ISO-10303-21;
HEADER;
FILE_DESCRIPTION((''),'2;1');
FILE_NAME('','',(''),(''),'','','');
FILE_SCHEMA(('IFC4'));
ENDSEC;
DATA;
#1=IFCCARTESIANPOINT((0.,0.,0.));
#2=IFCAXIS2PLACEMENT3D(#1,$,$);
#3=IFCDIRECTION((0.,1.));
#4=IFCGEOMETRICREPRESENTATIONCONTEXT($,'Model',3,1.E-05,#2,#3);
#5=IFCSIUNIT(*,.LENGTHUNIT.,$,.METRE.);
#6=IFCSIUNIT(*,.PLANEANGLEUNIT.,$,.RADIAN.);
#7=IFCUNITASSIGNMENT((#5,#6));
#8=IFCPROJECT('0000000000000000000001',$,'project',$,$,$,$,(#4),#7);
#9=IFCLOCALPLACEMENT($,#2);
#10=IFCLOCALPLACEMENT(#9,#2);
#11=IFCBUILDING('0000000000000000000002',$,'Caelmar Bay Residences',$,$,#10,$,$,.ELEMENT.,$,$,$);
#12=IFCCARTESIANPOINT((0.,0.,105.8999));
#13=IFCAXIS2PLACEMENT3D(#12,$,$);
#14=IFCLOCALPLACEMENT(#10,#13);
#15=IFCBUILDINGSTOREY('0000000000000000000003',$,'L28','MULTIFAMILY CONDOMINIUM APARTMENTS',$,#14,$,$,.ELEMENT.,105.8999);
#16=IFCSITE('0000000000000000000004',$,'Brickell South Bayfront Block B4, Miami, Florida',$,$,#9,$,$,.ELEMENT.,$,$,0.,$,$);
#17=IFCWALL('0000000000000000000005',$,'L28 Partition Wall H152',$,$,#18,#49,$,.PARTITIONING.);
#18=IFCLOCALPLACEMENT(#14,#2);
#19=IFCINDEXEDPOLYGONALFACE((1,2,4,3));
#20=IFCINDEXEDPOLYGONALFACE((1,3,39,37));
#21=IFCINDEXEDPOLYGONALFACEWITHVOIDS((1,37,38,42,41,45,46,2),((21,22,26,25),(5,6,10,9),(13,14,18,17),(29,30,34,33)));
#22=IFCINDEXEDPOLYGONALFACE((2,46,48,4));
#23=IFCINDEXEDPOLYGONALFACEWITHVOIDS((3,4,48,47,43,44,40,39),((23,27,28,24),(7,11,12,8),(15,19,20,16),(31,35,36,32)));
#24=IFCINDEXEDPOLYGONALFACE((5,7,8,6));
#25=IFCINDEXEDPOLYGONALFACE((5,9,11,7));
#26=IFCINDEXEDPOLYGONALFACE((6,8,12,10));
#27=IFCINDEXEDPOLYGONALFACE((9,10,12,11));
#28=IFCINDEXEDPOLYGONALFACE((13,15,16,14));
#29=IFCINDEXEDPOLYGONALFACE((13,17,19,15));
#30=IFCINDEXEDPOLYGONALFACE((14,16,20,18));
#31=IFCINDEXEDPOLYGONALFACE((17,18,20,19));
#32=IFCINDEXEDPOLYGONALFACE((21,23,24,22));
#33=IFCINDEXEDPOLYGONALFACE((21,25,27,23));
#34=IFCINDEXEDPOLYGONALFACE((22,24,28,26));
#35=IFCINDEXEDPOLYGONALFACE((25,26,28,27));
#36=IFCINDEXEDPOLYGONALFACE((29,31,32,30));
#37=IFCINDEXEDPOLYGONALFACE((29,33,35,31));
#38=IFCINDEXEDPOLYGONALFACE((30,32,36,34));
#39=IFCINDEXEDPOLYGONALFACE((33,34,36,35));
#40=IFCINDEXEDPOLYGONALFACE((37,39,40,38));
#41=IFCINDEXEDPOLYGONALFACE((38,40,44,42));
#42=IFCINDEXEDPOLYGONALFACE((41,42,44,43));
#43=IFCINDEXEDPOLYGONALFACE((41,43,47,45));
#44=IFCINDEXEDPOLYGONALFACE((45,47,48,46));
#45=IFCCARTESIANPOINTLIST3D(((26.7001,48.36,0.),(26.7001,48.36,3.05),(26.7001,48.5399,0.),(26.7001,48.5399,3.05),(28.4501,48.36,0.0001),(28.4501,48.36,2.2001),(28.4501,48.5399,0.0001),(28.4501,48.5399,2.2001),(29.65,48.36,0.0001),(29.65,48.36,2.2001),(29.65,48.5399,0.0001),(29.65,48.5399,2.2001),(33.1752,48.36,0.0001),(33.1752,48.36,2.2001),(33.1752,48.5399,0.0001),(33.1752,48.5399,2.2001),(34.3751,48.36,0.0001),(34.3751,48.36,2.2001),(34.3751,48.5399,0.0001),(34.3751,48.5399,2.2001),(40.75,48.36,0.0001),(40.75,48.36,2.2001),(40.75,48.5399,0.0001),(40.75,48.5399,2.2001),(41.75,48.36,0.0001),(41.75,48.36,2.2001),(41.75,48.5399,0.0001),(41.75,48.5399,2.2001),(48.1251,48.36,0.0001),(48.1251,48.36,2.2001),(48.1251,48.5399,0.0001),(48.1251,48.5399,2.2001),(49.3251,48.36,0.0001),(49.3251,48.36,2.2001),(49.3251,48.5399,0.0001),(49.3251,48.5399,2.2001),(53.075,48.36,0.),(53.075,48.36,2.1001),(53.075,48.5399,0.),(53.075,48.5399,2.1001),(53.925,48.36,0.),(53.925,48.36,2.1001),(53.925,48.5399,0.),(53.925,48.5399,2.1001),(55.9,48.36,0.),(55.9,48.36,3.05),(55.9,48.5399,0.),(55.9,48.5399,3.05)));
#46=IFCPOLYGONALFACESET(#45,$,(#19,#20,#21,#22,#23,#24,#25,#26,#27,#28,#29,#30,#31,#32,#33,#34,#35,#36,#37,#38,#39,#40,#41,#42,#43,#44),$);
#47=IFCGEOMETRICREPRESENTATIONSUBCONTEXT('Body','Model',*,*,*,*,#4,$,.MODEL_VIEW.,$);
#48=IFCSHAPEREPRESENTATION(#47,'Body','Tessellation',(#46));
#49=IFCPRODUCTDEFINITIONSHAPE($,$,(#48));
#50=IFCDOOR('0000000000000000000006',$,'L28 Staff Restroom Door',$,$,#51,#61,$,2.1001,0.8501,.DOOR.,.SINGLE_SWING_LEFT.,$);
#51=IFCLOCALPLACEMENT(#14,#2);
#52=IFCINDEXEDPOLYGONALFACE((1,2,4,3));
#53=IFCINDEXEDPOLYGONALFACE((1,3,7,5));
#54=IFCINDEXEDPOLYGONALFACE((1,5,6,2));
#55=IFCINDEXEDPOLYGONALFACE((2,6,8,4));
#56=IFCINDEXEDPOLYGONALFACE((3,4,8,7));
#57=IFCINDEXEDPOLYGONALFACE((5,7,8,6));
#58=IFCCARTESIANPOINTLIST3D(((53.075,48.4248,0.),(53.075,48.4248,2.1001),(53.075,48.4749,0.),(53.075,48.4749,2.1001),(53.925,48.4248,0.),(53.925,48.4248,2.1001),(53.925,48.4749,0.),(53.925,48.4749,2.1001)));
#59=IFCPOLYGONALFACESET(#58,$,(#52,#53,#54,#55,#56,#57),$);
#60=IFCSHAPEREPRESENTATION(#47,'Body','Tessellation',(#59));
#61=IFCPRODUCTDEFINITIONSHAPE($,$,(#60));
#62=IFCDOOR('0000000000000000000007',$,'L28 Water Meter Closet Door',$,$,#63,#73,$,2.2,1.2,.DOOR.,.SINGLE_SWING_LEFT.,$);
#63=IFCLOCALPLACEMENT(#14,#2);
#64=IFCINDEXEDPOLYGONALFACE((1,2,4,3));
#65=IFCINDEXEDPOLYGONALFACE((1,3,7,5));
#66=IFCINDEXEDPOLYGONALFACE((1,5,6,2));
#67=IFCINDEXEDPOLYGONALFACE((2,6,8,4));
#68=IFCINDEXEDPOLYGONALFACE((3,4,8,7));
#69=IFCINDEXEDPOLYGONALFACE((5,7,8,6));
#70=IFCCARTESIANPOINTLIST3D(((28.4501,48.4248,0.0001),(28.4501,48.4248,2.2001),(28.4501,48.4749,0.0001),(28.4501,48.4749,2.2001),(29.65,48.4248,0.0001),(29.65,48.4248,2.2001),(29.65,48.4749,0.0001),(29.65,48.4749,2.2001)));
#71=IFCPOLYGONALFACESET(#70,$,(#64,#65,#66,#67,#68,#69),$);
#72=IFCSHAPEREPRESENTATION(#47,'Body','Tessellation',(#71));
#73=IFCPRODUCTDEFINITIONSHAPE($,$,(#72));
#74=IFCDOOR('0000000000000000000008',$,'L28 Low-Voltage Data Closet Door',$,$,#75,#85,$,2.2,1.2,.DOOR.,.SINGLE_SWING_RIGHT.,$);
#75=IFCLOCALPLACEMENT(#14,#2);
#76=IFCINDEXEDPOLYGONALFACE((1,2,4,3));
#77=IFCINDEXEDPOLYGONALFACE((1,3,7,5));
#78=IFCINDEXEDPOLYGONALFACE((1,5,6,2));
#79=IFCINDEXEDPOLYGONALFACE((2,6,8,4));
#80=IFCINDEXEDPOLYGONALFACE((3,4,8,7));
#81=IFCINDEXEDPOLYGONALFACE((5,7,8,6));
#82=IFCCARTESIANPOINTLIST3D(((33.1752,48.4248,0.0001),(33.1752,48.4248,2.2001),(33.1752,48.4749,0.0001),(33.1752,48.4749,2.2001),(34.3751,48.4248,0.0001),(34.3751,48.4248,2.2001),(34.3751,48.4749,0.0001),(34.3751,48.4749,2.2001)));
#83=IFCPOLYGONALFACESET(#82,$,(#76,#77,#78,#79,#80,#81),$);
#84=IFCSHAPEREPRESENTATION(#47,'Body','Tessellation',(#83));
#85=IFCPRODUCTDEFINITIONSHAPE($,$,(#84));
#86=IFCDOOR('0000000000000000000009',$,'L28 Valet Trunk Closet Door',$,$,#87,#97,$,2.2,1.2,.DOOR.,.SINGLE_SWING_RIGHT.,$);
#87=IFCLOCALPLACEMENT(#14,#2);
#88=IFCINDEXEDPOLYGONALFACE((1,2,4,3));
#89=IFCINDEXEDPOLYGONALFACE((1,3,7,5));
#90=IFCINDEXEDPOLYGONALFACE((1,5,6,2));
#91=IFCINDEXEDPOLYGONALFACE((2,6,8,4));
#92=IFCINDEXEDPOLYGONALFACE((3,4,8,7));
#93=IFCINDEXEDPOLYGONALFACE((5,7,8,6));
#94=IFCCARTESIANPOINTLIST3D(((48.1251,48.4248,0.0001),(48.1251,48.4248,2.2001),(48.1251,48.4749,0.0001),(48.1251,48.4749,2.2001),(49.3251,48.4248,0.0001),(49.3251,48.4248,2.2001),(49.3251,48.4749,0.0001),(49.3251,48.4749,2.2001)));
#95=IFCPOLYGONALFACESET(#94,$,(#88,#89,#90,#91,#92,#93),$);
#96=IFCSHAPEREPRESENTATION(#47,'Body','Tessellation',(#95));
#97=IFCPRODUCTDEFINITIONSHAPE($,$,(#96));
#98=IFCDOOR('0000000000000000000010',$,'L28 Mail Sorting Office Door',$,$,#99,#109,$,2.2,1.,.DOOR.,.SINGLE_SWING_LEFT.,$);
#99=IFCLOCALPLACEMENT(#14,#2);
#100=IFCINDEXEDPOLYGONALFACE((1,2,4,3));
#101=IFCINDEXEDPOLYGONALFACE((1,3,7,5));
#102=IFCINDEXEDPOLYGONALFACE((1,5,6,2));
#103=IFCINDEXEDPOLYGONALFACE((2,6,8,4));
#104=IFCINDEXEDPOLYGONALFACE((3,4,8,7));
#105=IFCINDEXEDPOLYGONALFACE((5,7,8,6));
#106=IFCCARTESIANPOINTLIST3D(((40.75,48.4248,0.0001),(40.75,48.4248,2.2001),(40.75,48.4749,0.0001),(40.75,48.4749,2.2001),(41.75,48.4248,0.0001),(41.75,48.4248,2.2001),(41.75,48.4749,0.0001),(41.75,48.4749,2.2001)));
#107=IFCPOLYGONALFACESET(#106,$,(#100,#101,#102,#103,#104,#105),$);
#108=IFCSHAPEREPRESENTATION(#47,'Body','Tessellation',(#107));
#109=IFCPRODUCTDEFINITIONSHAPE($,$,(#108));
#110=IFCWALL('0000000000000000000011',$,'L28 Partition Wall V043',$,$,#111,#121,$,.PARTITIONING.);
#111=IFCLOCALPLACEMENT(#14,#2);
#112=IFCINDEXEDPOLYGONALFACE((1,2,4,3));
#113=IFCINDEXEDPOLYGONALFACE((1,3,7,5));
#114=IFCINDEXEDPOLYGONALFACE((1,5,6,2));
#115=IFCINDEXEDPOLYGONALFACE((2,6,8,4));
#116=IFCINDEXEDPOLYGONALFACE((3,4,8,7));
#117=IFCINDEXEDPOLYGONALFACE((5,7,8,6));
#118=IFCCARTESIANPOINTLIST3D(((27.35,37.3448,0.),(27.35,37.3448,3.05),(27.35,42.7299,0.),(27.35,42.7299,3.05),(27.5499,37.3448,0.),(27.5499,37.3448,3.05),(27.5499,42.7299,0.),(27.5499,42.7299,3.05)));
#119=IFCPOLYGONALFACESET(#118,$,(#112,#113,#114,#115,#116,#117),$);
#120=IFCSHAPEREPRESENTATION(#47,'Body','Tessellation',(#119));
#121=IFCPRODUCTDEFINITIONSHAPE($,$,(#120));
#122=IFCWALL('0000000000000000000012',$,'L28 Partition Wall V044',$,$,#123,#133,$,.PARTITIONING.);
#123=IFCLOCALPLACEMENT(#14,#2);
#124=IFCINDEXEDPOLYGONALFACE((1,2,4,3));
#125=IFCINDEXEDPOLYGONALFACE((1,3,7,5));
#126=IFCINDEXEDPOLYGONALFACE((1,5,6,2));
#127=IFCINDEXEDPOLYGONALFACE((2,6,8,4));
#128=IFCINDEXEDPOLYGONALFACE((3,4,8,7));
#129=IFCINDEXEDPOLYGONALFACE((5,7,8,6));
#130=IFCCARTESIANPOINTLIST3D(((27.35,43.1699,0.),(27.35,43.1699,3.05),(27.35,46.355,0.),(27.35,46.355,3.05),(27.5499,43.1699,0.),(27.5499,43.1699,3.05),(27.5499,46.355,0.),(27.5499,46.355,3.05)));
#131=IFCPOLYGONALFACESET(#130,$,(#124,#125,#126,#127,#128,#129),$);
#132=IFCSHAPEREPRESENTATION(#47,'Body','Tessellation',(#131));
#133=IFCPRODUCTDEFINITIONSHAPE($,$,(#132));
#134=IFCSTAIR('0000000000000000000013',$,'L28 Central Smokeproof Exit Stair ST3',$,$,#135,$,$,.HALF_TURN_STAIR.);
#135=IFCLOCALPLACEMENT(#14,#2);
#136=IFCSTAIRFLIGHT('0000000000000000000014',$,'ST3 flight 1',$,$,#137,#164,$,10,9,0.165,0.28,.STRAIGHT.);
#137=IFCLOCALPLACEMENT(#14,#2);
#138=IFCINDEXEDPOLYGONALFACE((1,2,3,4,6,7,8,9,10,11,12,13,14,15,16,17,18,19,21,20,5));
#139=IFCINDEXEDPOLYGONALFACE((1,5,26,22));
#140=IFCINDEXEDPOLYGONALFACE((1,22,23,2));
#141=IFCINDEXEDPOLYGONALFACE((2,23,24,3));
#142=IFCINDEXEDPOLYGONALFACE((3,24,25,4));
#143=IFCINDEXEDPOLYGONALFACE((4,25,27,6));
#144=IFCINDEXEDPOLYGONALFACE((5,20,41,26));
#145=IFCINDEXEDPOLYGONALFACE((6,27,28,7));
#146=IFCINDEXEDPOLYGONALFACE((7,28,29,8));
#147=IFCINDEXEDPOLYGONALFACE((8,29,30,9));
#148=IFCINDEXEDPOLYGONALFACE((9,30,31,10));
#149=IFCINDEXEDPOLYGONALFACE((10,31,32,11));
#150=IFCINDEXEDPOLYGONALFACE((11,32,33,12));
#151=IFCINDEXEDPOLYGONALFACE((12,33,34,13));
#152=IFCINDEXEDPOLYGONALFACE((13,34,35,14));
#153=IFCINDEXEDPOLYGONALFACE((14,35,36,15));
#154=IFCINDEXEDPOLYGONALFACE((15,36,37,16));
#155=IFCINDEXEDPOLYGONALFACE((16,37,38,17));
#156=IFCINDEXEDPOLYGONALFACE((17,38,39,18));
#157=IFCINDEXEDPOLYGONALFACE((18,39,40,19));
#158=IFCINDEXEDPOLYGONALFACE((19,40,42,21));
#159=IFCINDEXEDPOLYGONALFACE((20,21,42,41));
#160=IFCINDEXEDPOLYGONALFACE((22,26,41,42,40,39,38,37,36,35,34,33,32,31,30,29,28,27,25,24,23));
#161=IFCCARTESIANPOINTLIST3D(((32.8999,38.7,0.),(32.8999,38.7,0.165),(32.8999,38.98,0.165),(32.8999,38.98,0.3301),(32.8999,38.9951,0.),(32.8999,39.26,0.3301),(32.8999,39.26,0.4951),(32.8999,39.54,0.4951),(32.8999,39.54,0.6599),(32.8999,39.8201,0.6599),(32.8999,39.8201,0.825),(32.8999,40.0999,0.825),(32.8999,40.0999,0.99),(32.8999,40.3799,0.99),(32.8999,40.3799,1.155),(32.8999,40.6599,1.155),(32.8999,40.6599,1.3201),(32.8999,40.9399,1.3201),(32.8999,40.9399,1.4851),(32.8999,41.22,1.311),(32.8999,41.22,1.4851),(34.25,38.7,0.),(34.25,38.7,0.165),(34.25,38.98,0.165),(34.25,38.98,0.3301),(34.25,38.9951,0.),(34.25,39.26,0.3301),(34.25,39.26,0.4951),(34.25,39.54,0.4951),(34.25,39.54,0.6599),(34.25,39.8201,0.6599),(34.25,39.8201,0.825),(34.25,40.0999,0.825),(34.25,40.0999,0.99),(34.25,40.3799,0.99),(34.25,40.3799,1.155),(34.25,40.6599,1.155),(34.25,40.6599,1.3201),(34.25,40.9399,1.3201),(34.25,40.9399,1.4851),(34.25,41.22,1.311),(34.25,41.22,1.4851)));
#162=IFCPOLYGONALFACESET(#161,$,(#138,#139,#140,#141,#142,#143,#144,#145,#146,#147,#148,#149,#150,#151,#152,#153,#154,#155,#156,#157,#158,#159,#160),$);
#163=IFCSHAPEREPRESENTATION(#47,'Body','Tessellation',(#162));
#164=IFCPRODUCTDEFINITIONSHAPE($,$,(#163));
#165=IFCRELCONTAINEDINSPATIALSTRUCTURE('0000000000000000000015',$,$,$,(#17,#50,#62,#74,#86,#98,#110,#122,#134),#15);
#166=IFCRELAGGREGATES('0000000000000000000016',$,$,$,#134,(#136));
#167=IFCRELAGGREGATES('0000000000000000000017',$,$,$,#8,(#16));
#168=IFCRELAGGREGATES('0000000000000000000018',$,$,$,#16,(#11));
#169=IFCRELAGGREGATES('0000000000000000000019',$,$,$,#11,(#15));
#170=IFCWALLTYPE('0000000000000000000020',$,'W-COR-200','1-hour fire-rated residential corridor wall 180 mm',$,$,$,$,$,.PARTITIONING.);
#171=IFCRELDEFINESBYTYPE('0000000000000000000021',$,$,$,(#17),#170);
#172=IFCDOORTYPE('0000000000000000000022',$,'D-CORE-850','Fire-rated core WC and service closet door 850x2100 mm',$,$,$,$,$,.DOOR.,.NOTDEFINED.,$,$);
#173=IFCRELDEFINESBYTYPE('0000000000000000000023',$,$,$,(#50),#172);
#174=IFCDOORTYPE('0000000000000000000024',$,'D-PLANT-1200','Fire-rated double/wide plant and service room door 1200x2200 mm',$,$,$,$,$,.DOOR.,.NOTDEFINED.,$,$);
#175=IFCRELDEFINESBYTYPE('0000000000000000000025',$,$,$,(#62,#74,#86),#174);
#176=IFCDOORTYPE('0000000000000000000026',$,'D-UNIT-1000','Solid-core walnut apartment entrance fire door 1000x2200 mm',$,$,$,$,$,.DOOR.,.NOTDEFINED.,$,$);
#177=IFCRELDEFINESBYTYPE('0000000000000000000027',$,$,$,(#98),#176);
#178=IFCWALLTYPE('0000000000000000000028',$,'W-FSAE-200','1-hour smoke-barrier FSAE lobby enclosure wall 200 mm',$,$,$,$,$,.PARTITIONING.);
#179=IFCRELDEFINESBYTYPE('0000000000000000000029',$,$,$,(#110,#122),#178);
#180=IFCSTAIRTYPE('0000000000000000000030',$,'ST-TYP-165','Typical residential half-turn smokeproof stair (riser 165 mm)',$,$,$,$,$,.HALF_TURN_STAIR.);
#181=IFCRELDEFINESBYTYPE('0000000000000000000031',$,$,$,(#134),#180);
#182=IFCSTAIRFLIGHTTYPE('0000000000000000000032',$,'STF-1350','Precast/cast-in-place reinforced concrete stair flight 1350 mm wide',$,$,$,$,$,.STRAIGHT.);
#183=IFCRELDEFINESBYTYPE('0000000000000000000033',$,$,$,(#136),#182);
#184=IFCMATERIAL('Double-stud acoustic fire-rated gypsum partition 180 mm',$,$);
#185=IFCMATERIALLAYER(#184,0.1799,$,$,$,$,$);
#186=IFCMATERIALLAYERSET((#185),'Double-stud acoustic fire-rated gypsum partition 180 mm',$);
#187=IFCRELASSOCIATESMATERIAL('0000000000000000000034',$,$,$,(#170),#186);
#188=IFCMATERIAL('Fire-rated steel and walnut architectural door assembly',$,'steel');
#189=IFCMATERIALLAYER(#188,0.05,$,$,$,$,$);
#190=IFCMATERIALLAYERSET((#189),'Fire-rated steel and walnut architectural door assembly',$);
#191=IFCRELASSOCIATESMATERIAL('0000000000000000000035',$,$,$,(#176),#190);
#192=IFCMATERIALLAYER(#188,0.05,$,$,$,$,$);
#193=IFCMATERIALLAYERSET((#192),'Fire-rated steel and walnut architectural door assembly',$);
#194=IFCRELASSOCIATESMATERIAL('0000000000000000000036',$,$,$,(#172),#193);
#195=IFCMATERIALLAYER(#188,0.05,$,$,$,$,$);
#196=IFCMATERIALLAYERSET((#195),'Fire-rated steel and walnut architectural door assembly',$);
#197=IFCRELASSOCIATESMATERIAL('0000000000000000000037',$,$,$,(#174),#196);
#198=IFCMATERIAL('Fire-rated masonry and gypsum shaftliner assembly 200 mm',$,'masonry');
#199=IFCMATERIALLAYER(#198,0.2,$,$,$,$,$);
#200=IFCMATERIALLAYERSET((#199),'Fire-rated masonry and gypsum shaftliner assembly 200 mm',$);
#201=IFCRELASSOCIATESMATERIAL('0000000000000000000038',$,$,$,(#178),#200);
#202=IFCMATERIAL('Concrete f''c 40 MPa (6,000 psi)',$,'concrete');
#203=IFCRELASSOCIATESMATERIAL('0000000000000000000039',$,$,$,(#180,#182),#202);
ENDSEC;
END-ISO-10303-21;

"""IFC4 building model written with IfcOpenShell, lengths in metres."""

from ifc_helpers import new_model, si_unit, direction, frame, frame_2d, origin, place, context, subcontext, project, spatial, polyline, rectangle, outline, extrude, material, layer, layer_set, type_object, element, fill, aggregate, save


model = new_model("IFC4")

# Units and contexts
model_context = context("Model", 3, precision=1e-05, world=origin(), true_north=direction((0.0, 1.0)))
body_context = subcontext(model_context, "Body", "Model", "MODEL_VIEW")
ifc_project = project(units=[si_unit("LENGTHUNIT", "METRE"), si_unit("PLANEANGLEUNIT", "RADIAN")], contexts=[model_context])

# Site, building, storey
site_placement = place(None, origin())
site = spatial("IfcSite", under=ifc_project, at=site_placement, Name="Brickell South Bayfront Block B4, Miami, Florida", CompositionType="ELEMENT", RefElevation=0.0)
building_placement = place(site_placement, origin())
building = spatial("IfcBuilding", under=site, at=building_placement, Name="Caelmar Bay Residences", CompositionType="ELEMENT")
storey_placement = place(building_placement, frame((0.0, 0.0, 105.8999)))
storey = spatial("IfcBuildingStorey", under=building, at=storey_placement, Name="L28", Description="MULTIFAMILY CONDOMINIUM APARTMENTS", CompositionType="ELEMENT", Elevation=105.8999)

# Shared definitions
ifc_material_1 = material(Name="Double-stud acoustic fire-rated gypsum partition 180 mm")
ifc_layer_1 = layer(ifc_material_1, 0.1799)
ifc_layer_set_1 = layer_set([ifc_layer_1], Name="Double-stud acoustic fire-rated gypsum partition 180 mm")
wall_type_1 = type_object("IfcWallType", Name="W-COR-200", Description="1-hour fire-rated residential corridor wall 180 mm", PredefinedType="PARTITIONING", material=ifc_layer_set_1)

# Wall, openings, doors
ifc_material_2 = material(Name="Fire-rated steel and walnut architectural door assembly", Category="steel")
ifc_layer_2 = layer(ifc_material_2, 0.05)
ifc_layer_set_2 = layer_set([ifc_layer_2], Name="Fire-rated steel and walnut architectural door assembly")
door_type_1 = type_object("IfcDoorType", Name="D-UNIT-1000", Description="Solid-core walnut apartment entrance fire door 1000x2200 mm", OperationType="NOTDEFINED", PredefinedType="DOOR", material=ifc_layer_set_2)
wall_1_placement = place(storey_placement, frame((26.7, 48.45, 0.0), z_axis=(0.0, 0.0, 1.0), x_axis=(1.0, 0.0, 0.0)))
wall_1 = element("IfcWall", 1, at=wall_1_placement, inside=storey, type_object=wall_type_1, Name="L28 Partition Wall H152", PredefinedType="PARTITIONING", context=body_context, shape_type="SweptSolid", body=[
    extrude(rectangle(XDim=29.2, YDim=0.1799, at=frame_2d((14.6001, 0.0))), origin(), (0.0, 0.0, 1.0), 3.05),
])
opening_1_placement = place(wall_1_placement, frame((1.75, 0.0, 0.0)))
opening_1 = element("IfcOpeningElement", 2, at=opening_1_placement, cuts=wall_1, PredefinedType="OPENING", context=body_context, shape_type="SweptSolid", body=[
    extrude(rectangle(XDim=1.2, YDim=2.2, at=frame_2d((0.6001, 1.1001))), frame((0.0, 0.0999, 0.0), z_axis=(0.0, -1.0, 0.0), x_axis=(1.0, 0.0, 0.0)), (0.0, 0.0, 1.0), 0.2),
])
opening_2_placement = place(wall_1_placement, frame((6.4751, 0.0, 0.0)))
opening_2 = element("IfcOpeningElement", 3, at=opening_2_placement, cuts=wall_1, PredefinedType="OPENING", context=body_context, shape_type="SweptSolid", body=[
    extrude(rectangle(XDim=1.2, YDim=2.2, at=frame_2d((0.6001, 1.1001))), frame((0.0, 0.0999, 0.0), z_axis=(0.0, -1.0, 0.0), x_axis=(1.0, 0.0, 0.0)), (0.0, 0.0, 1.0), 0.2),
])
opening_3_placement = place(wall_1_placement, frame((14.05, 0.0, 0.0)))
opening_3 = element("IfcOpeningElement", 4, at=opening_3_placement, cuts=wall_1, PredefinedType="OPENING", context=body_context, shape_type="SweptSolid", body=[
    extrude(rectangle(XDim=1.0, YDim=2.2, at=frame_2d((0.5, 1.1001))), frame((0.0, 0.0999, 0.0), z_axis=(0.0, -1.0, 0.0), x_axis=(1.0, 0.0, 0.0)), (0.0, 0.0, 1.0), 0.2),
])
opening_4_placement = place(wall_1_placement, frame((21.425, 0.0, 0.0)))
opening_4 = element("IfcOpeningElement", 5, at=opening_4_placement, cuts=wall_1, PredefinedType="OPENING", context=body_context, shape_type="SweptSolid", body=[
    extrude(rectangle(XDim=1.2, YDim=2.2, at=frame_2d((0.6001, 1.1001))), frame((0.0, 0.0999, 0.0), z_axis=(0.0, -1.0, 0.0), x_axis=(1.0, 0.0, 0.0)), (0.0, 0.0, 1.0), 0.2),
])
opening_5_placement = place(wall_1_placement, frame((26.375, 0.0, 0.0)))
opening_5 = element("IfcOpeningElement", 6, at=opening_5_placement, cuts=wall_1, PredefinedType="OPENING", context=body_context, shape_type="SweptSolid", body=[
    extrude(rectangle(XDim=0.8501, YDim=2.1001, at=frame_2d((0.425, 1.05))), frame((0.0, 0.0999, 0.0), z_axis=(0.0, -1.0, 0.0), x_axis=(1.0, 0.0, 0.0)), (0.0, 0.0, 1.0), 0.2),
])
ifc_layer_3 = layer(ifc_material_2, 0.05)
ifc_layer_set_3 = layer_set([ifc_layer_3], Name="Fire-rated steel and walnut architectural door assembly")
door_type_2 = type_object("IfcDoorType", Name="D-CORE-850", Description="Fire-rated core WC and service closet door 850x2100 mm", OperationType="NOTDEFINED", PredefinedType="DOOR", material=ifc_layer_set_3)
door_1_placement = place(opening_5_placement, origin())
door_1 = element("IfcDoor", 7, at=door_1_placement, inside=storey, type_object=door_type_2, Name="L28 Staff Restroom Door", OperationType="SINGLE_SWING_LEFT", OverallHeight=2.1001, OverallWidth=0.8501, PredefinedType="DOOR", context=body_context, shape_type="SweptSolid", body=[
    extrude(rectangle(XDim=0.8501, YDim=2.1001, at=frame_2d((0.425, 1.05))), frame((0.0, 0.0249, 0.0), z_axis=(0.0, -1.0, 0.0), x_axis=(1.0, 0.0, 0.0)), (0.0, 0.0, 1.0), 0.05),
])
fill(opening_5, door_1)
ifc_layer_4 = layer(ifc_material_2, 0.05)
ifc_layer_set_4 = layer_set([ifc_layer_4], Name="Fire-rated steel and walnut architectural door assembly")
door_type_3 = type_object("IfcDoorType", Name="D-PLANT-1200", Description="Fire-rated double/wide plant and service room door 1200x2200 mm", OperationType="NOTDEFINED", PredefinedType="DOOR", material=ifc_layer_set_4)
door_2_placement = place(opening_1_placement, origin())
door_2 = element("IfcDoor", 8, at=door_2_placement, inside=storey, type_object=door_type_3, Name="L28 Water Meter Closet Door", OperationType="SINGLE_SWING_LEFT", OverallHeight=2.2, OverallWidth=1.2, PredefinedType="DOOR", context=body_context, shape_type="SweptSolid", body=[
    extrude(rectangle(XDim=1.2, YDim=2.2, at=frame_2d((0.6001, 1.1001))), frame((0.0, 0.0249, 0.0), z_axis=(0.0, -1.0, 0.0), x_axis=(1.0, 0.0, 0.0)), (0.0, 0.0, 1.0), 0.05),
])
fill(opening_1, door_2)
door_3_placement = place(opening_2_placement, origin())
door_3 = element("IfcDoor", 9, at=door_3_placement, inside=storey, type_object=door_type_3, Name="L28 Low-Voltage Data Closet Door", OperationType="SINGLE_SWING_RIGHT", OverallHeight=2.2, OverallWidth=1.2, PredefinedType="DOOR", context=body_context, shape_type="SweptSolid", body=[
    extrude(rectangle(XDim=1.2, YDim=2.2, at=frame_2d((0.6001, 1.1001))), frame((0.0, 0.0249, 0.0), z_axis=(0.0, -1.0, 0.0), x_axis=(1.0, 0.0, 0.0)), (0.0, 0.0, 1.0), 0.05),
])
fill(opening_2, door_3)
door_4_placement = place(opening_4_placement, origin())
door_4 = element("IfcDoor", 10, at=door_4_placement, inside=storey, type_object=door_type_3, Name="L28 Valet Trunk Closet Door", OperationType="SINGLE_SWING_RIGHT", OverallHeight=2.2, OverallWidth=1.2, PredefinedType="DOOR", context=body_context, shape_type="SweptSolid", body=[
    extrude(rectangle(XDim=1.2, YDim=2.2, at=frame_2d((0.6001, 1.1001))), frame((0.0, 0.0249, 0.0), z_axis=(0.0, -1.0, 0.0), x_axis=(1.0, 0.0, 0.0)), (0.0, 0.0, 1.0), 0.05),
])
fill(opening_4, door_4)
door_5_placement = place(opening_3_placement, origin())
door_5 = element("IfcDoor", 11, at=door_5_placement, inside=storey, type_object=door_type_1, Name="L28 Mail Sorting Office Door", OperationType="SINGLE_SWING_LEFT", OverallHeight=2.2, OverallWidth=1.0, PredefinedType="DOOR", context=body_context, shape_type="SweptSolid", body=[
    extrude(rectangle(XDim=1.0, YDim=2.2, at=frame_2d((0.5, 1.1001))), frame((0.0, 0.0249, 0.0), z_axis=(0.0, -1.0, 0.0), x_axis=(1.0, 0.0, 0.0)), (0.0, 0.0, 1.0), 0.05),
])
fill(opening_3, door_5)

# Walls
ifc_material_3 = material(Name="Fire-rated masonry and gypsum shaftliner assembly 200 mm", Category="masonry")
ifc_layer_5 = layer(ifc_material_3, 0.2)
ifc_layer_set_5 = layer_set([ifc_layer_5], Name="Fire-rated masonry and gypsum shaftliner assembly 200 mm")
wall_type_2 = type_object("IfcWallType", Name="W-FSAE-200", Description="1-hour smoke-barrier FSAE lobby enclosure wall 200 mm", PredefinedType="PARTITIONING", material=ifc_layer_set_5)
wall_2_placement = place(storey_placement, frame((27.45, 37.345, 0.0), z_axis=(0.0, 0.0, 1.0), x_axis=(0.0, 1.0, 0.0)))
element("IfcWall", 12, at=wall_2_placement, inside=storey, type_object=wall_type_2, Name="L28 Partition Wall V043", PredefinedType="PARTITIONING", context=body_context, shape_type="SweptSolid", body=[
    extrude(rectangle(XDim=5.385, YDim=0.2, at=frame_2d((2.6924, 0.0))), origin(), (0.0, 0.0, 1.0), 3.05),
])
wall_3_placement = place(storey_placement, frame((27.45, 43.1699, 0.0), z_axis=(0.0, 0.0, 1.0), x_axis=(0.0, 1.0, 0.0)))
element("IfcWall", 13, at=wall_3_placement, inside=storey, type_object=wall_type_2, Name="L28 Partition Wall V044", PredefinedType="PARTITIONING", context=body_context, shape_type="SweptSolid", body=[
    extrude(rectangle(XDim=3.1851, YDim=0.2, at=frame_2d((1.5925, 0.0))), origin(), (0.0, 0.0, 1.0), 3.05),
])

# Stair, stair flight
ifc_material_4 = material(Name="Concrete f'c 40 MPa (6,000 psi)", Category="concrete")
stair_type = type_object("IfcStairType", Name="ST-TYP-165", Description="Typical residential half-turn smokeproof stair (riser 165 mm)", PredefinedType="HALF_TURN_STAIR", material=ifc_material_4)
stair_placement = place(storey_placement, origin())
stair = element("IfcStair", 14, at=stair_placement, inside=storey, type_object=stair_type, Name="L28 Central Smokeproof Exit Stair ST3", PredefinedType="HALF_TURN_STAIR")
stair_flight_type = type_object("IfcStairFlightType", Name="STF-1350", Description="Precast/cast-in-place reinforced concrete stair flight 1350 mm wide", PredefinedType="STRAIGHT", material=ifc_material_4)
stair_flight_1_placement = place(storey_placement, frame((33.575, 38.7, 0.0), z_axis=(0.0, 0.0, 1.0), x_axis=(0.0, 1.0, 0.0)))
stair_flight_1 = element("IfcStairFlight", 15, at=stair_flight_1_placement, type_object=stair_flight_type, Name="ST3 flight 1", NumberOfRisers=10, NumberOfTreads=9, PredefinedType="STRAIGHT", RiserHeight=0.165, TreadLength=0.28, context=body_context, shape_type="SweptSolid", body=[
    extrude(outline(polyline([(0.0, 0.0), (0.0, 0.165), (0.28, 0.165), (0.28, 0.3301), (0.5601, 0.3301), (0.5601, 0.4951), (0.8401, 0.4951), (0.8401, 0.6599), (1.1201, 0.6599), (1.1201, 0.825), (1.3999, 0.825), (1.3999, 0.99), (1.6799, 0.99), (1.6799, 1.155), (1.96, 1.155), (1.96, 1.3201), (2.24, 1.3201), (2.24, 1.4851), (2.52, 1.4851), (2.52, 1.6499), (2.52, 1.311), (0.2952, 0.0), (0.0, 0.0)])), frame((0.0, 0.675, 0.0), z_axis=(0.0, -1.0, 0.0), x_axis=(1.0, 0.0, 0.0)), (0.0, 0.0, 1.0), 1.3501),
])
aggregate(stair, [stair_flight_1])

save(model, "model.ifc")
